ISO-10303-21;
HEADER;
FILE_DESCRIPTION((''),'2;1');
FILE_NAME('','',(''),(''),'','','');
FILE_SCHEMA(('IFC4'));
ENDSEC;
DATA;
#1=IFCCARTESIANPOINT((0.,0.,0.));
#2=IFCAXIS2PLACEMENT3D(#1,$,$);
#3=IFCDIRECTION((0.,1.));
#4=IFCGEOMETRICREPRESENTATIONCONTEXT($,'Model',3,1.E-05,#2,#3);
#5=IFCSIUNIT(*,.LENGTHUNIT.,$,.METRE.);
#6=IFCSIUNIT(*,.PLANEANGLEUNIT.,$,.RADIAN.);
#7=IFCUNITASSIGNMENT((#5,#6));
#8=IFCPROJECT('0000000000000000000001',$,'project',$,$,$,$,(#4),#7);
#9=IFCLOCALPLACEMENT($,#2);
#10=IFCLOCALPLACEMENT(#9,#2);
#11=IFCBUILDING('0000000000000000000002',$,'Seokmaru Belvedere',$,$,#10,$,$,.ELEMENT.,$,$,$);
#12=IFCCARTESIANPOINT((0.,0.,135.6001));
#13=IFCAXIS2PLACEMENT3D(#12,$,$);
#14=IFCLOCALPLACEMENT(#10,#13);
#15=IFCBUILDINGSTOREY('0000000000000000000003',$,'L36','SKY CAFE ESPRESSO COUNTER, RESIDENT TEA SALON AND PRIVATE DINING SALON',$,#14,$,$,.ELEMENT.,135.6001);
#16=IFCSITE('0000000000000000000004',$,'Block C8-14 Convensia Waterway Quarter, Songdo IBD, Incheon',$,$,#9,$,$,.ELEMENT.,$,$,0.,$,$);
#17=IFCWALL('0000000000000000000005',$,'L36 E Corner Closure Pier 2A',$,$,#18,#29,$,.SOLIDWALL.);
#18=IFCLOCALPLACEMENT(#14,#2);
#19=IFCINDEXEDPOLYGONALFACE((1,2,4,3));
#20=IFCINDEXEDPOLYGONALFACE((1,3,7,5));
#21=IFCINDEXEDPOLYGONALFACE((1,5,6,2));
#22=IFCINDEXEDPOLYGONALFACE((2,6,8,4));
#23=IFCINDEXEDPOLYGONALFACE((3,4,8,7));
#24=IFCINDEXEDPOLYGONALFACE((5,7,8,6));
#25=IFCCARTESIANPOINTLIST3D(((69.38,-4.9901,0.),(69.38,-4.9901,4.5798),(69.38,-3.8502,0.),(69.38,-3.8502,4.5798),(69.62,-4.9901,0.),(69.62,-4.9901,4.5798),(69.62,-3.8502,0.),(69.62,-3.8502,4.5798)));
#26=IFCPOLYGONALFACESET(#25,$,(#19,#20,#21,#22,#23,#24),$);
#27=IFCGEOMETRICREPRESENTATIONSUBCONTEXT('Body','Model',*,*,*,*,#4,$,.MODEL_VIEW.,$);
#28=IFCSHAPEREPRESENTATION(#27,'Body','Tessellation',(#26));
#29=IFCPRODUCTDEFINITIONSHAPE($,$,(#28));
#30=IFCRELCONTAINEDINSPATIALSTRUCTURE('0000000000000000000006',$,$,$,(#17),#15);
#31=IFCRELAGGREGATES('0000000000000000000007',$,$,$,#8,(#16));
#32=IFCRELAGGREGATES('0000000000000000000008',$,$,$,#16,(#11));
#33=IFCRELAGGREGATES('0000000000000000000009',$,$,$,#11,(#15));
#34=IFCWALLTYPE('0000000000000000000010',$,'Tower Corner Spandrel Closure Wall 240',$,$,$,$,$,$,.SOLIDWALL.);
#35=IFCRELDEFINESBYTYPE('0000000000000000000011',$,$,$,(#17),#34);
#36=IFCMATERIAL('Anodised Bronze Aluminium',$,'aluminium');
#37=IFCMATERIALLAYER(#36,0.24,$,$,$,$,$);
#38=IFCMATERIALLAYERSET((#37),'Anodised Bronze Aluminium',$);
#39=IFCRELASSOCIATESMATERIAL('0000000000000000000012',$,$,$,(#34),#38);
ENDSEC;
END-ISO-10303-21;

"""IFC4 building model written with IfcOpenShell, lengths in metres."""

from ifc_helpers import new_model, si_unit, direction, frame, frame_2d, origin, place, context, subcontext, project, spatial, rectangle, extrude, material, layer, layer_set, type_object, element, save


model = new_model("IFC4")

# Units and contexts
model_context = context("Model", 3, precision=1e-05, world=origin(), true_north=direction((0.0, 1.0)))
body_context = subcontext(model_context, "Body", "Model", "MODEL_VIEW")
ifc_project = project(units=[si_unit("LENGTHUNIT", "METRE"), si_unit("PLANEANGLEUNIT", "RADIAN")], contexts=[model_context])

# Site, building, storey
site_placement = place(None, origin())
site = spatial("IfcSite", under=ifc_project, at=site_placement, Name="Block C8-14 Convensia Waterway Quarter, Songdo IBD, Incheon", CompositionType="ELEMENT", RefElevation=0.0)
building_placement = place(site_placement, origin())
building = spatial("IfcBuilding", under=site, at=building_placement, Name="Seokmaru Belvedere", CompositionType="ELEMENT")
storey_placement = place(building_placement, frame((0.0, 0.0, 135.6001)))
storey = spatial("IfcBuildingStorey", under=building, at=storey_placement, Name="L36", Description="SKY CAFE ESPRESSO COUNTER, RESIDENT TEA SALON AND PRIVATE DINING SALON", CompositionType="ELEMENT", Elevation=135.6001)

# Shared definitions
ifc_material_1 = material(Name="Anodised Bronze Aluminium", Category="aluminium")

# Wall
ifc_layer_1 = layer(ifc_material_1, 0.24)
ifc_layer_set_1 = layer_set([ifc_layer_1], Name="Anodised Bronze Aluminium")
wall_type = type_object("IfcWallType", Name="Tower Corner Spandrel Closure Wall 240", PredefinedType="SOLIDWALL", material=ifc_layer_set_1)
wall_1_placement = place(storey_placement, frame((69.5, -4.99, 0.0), z_axis=(0.0, 0.0, 1.0), x_axis=(0.0, 1.0, 0.0)))
element("IfcWall", 1, at=wall_1_placement, inside=storey, type_object=wall_type, Name="L36 E Corner Closure Pier 2A", PredefinedType="SOLIDWALL", context=body_context, shape_type="SweptSolid", body=[
    extrude(rectangle(XDim=1.1399, YDim=0.24, at=frame_2d((0.5698, 0.0))), origin(), (0.0, 0.0, 1.0), 4.5798),
])

save(model, "model.ifc")
